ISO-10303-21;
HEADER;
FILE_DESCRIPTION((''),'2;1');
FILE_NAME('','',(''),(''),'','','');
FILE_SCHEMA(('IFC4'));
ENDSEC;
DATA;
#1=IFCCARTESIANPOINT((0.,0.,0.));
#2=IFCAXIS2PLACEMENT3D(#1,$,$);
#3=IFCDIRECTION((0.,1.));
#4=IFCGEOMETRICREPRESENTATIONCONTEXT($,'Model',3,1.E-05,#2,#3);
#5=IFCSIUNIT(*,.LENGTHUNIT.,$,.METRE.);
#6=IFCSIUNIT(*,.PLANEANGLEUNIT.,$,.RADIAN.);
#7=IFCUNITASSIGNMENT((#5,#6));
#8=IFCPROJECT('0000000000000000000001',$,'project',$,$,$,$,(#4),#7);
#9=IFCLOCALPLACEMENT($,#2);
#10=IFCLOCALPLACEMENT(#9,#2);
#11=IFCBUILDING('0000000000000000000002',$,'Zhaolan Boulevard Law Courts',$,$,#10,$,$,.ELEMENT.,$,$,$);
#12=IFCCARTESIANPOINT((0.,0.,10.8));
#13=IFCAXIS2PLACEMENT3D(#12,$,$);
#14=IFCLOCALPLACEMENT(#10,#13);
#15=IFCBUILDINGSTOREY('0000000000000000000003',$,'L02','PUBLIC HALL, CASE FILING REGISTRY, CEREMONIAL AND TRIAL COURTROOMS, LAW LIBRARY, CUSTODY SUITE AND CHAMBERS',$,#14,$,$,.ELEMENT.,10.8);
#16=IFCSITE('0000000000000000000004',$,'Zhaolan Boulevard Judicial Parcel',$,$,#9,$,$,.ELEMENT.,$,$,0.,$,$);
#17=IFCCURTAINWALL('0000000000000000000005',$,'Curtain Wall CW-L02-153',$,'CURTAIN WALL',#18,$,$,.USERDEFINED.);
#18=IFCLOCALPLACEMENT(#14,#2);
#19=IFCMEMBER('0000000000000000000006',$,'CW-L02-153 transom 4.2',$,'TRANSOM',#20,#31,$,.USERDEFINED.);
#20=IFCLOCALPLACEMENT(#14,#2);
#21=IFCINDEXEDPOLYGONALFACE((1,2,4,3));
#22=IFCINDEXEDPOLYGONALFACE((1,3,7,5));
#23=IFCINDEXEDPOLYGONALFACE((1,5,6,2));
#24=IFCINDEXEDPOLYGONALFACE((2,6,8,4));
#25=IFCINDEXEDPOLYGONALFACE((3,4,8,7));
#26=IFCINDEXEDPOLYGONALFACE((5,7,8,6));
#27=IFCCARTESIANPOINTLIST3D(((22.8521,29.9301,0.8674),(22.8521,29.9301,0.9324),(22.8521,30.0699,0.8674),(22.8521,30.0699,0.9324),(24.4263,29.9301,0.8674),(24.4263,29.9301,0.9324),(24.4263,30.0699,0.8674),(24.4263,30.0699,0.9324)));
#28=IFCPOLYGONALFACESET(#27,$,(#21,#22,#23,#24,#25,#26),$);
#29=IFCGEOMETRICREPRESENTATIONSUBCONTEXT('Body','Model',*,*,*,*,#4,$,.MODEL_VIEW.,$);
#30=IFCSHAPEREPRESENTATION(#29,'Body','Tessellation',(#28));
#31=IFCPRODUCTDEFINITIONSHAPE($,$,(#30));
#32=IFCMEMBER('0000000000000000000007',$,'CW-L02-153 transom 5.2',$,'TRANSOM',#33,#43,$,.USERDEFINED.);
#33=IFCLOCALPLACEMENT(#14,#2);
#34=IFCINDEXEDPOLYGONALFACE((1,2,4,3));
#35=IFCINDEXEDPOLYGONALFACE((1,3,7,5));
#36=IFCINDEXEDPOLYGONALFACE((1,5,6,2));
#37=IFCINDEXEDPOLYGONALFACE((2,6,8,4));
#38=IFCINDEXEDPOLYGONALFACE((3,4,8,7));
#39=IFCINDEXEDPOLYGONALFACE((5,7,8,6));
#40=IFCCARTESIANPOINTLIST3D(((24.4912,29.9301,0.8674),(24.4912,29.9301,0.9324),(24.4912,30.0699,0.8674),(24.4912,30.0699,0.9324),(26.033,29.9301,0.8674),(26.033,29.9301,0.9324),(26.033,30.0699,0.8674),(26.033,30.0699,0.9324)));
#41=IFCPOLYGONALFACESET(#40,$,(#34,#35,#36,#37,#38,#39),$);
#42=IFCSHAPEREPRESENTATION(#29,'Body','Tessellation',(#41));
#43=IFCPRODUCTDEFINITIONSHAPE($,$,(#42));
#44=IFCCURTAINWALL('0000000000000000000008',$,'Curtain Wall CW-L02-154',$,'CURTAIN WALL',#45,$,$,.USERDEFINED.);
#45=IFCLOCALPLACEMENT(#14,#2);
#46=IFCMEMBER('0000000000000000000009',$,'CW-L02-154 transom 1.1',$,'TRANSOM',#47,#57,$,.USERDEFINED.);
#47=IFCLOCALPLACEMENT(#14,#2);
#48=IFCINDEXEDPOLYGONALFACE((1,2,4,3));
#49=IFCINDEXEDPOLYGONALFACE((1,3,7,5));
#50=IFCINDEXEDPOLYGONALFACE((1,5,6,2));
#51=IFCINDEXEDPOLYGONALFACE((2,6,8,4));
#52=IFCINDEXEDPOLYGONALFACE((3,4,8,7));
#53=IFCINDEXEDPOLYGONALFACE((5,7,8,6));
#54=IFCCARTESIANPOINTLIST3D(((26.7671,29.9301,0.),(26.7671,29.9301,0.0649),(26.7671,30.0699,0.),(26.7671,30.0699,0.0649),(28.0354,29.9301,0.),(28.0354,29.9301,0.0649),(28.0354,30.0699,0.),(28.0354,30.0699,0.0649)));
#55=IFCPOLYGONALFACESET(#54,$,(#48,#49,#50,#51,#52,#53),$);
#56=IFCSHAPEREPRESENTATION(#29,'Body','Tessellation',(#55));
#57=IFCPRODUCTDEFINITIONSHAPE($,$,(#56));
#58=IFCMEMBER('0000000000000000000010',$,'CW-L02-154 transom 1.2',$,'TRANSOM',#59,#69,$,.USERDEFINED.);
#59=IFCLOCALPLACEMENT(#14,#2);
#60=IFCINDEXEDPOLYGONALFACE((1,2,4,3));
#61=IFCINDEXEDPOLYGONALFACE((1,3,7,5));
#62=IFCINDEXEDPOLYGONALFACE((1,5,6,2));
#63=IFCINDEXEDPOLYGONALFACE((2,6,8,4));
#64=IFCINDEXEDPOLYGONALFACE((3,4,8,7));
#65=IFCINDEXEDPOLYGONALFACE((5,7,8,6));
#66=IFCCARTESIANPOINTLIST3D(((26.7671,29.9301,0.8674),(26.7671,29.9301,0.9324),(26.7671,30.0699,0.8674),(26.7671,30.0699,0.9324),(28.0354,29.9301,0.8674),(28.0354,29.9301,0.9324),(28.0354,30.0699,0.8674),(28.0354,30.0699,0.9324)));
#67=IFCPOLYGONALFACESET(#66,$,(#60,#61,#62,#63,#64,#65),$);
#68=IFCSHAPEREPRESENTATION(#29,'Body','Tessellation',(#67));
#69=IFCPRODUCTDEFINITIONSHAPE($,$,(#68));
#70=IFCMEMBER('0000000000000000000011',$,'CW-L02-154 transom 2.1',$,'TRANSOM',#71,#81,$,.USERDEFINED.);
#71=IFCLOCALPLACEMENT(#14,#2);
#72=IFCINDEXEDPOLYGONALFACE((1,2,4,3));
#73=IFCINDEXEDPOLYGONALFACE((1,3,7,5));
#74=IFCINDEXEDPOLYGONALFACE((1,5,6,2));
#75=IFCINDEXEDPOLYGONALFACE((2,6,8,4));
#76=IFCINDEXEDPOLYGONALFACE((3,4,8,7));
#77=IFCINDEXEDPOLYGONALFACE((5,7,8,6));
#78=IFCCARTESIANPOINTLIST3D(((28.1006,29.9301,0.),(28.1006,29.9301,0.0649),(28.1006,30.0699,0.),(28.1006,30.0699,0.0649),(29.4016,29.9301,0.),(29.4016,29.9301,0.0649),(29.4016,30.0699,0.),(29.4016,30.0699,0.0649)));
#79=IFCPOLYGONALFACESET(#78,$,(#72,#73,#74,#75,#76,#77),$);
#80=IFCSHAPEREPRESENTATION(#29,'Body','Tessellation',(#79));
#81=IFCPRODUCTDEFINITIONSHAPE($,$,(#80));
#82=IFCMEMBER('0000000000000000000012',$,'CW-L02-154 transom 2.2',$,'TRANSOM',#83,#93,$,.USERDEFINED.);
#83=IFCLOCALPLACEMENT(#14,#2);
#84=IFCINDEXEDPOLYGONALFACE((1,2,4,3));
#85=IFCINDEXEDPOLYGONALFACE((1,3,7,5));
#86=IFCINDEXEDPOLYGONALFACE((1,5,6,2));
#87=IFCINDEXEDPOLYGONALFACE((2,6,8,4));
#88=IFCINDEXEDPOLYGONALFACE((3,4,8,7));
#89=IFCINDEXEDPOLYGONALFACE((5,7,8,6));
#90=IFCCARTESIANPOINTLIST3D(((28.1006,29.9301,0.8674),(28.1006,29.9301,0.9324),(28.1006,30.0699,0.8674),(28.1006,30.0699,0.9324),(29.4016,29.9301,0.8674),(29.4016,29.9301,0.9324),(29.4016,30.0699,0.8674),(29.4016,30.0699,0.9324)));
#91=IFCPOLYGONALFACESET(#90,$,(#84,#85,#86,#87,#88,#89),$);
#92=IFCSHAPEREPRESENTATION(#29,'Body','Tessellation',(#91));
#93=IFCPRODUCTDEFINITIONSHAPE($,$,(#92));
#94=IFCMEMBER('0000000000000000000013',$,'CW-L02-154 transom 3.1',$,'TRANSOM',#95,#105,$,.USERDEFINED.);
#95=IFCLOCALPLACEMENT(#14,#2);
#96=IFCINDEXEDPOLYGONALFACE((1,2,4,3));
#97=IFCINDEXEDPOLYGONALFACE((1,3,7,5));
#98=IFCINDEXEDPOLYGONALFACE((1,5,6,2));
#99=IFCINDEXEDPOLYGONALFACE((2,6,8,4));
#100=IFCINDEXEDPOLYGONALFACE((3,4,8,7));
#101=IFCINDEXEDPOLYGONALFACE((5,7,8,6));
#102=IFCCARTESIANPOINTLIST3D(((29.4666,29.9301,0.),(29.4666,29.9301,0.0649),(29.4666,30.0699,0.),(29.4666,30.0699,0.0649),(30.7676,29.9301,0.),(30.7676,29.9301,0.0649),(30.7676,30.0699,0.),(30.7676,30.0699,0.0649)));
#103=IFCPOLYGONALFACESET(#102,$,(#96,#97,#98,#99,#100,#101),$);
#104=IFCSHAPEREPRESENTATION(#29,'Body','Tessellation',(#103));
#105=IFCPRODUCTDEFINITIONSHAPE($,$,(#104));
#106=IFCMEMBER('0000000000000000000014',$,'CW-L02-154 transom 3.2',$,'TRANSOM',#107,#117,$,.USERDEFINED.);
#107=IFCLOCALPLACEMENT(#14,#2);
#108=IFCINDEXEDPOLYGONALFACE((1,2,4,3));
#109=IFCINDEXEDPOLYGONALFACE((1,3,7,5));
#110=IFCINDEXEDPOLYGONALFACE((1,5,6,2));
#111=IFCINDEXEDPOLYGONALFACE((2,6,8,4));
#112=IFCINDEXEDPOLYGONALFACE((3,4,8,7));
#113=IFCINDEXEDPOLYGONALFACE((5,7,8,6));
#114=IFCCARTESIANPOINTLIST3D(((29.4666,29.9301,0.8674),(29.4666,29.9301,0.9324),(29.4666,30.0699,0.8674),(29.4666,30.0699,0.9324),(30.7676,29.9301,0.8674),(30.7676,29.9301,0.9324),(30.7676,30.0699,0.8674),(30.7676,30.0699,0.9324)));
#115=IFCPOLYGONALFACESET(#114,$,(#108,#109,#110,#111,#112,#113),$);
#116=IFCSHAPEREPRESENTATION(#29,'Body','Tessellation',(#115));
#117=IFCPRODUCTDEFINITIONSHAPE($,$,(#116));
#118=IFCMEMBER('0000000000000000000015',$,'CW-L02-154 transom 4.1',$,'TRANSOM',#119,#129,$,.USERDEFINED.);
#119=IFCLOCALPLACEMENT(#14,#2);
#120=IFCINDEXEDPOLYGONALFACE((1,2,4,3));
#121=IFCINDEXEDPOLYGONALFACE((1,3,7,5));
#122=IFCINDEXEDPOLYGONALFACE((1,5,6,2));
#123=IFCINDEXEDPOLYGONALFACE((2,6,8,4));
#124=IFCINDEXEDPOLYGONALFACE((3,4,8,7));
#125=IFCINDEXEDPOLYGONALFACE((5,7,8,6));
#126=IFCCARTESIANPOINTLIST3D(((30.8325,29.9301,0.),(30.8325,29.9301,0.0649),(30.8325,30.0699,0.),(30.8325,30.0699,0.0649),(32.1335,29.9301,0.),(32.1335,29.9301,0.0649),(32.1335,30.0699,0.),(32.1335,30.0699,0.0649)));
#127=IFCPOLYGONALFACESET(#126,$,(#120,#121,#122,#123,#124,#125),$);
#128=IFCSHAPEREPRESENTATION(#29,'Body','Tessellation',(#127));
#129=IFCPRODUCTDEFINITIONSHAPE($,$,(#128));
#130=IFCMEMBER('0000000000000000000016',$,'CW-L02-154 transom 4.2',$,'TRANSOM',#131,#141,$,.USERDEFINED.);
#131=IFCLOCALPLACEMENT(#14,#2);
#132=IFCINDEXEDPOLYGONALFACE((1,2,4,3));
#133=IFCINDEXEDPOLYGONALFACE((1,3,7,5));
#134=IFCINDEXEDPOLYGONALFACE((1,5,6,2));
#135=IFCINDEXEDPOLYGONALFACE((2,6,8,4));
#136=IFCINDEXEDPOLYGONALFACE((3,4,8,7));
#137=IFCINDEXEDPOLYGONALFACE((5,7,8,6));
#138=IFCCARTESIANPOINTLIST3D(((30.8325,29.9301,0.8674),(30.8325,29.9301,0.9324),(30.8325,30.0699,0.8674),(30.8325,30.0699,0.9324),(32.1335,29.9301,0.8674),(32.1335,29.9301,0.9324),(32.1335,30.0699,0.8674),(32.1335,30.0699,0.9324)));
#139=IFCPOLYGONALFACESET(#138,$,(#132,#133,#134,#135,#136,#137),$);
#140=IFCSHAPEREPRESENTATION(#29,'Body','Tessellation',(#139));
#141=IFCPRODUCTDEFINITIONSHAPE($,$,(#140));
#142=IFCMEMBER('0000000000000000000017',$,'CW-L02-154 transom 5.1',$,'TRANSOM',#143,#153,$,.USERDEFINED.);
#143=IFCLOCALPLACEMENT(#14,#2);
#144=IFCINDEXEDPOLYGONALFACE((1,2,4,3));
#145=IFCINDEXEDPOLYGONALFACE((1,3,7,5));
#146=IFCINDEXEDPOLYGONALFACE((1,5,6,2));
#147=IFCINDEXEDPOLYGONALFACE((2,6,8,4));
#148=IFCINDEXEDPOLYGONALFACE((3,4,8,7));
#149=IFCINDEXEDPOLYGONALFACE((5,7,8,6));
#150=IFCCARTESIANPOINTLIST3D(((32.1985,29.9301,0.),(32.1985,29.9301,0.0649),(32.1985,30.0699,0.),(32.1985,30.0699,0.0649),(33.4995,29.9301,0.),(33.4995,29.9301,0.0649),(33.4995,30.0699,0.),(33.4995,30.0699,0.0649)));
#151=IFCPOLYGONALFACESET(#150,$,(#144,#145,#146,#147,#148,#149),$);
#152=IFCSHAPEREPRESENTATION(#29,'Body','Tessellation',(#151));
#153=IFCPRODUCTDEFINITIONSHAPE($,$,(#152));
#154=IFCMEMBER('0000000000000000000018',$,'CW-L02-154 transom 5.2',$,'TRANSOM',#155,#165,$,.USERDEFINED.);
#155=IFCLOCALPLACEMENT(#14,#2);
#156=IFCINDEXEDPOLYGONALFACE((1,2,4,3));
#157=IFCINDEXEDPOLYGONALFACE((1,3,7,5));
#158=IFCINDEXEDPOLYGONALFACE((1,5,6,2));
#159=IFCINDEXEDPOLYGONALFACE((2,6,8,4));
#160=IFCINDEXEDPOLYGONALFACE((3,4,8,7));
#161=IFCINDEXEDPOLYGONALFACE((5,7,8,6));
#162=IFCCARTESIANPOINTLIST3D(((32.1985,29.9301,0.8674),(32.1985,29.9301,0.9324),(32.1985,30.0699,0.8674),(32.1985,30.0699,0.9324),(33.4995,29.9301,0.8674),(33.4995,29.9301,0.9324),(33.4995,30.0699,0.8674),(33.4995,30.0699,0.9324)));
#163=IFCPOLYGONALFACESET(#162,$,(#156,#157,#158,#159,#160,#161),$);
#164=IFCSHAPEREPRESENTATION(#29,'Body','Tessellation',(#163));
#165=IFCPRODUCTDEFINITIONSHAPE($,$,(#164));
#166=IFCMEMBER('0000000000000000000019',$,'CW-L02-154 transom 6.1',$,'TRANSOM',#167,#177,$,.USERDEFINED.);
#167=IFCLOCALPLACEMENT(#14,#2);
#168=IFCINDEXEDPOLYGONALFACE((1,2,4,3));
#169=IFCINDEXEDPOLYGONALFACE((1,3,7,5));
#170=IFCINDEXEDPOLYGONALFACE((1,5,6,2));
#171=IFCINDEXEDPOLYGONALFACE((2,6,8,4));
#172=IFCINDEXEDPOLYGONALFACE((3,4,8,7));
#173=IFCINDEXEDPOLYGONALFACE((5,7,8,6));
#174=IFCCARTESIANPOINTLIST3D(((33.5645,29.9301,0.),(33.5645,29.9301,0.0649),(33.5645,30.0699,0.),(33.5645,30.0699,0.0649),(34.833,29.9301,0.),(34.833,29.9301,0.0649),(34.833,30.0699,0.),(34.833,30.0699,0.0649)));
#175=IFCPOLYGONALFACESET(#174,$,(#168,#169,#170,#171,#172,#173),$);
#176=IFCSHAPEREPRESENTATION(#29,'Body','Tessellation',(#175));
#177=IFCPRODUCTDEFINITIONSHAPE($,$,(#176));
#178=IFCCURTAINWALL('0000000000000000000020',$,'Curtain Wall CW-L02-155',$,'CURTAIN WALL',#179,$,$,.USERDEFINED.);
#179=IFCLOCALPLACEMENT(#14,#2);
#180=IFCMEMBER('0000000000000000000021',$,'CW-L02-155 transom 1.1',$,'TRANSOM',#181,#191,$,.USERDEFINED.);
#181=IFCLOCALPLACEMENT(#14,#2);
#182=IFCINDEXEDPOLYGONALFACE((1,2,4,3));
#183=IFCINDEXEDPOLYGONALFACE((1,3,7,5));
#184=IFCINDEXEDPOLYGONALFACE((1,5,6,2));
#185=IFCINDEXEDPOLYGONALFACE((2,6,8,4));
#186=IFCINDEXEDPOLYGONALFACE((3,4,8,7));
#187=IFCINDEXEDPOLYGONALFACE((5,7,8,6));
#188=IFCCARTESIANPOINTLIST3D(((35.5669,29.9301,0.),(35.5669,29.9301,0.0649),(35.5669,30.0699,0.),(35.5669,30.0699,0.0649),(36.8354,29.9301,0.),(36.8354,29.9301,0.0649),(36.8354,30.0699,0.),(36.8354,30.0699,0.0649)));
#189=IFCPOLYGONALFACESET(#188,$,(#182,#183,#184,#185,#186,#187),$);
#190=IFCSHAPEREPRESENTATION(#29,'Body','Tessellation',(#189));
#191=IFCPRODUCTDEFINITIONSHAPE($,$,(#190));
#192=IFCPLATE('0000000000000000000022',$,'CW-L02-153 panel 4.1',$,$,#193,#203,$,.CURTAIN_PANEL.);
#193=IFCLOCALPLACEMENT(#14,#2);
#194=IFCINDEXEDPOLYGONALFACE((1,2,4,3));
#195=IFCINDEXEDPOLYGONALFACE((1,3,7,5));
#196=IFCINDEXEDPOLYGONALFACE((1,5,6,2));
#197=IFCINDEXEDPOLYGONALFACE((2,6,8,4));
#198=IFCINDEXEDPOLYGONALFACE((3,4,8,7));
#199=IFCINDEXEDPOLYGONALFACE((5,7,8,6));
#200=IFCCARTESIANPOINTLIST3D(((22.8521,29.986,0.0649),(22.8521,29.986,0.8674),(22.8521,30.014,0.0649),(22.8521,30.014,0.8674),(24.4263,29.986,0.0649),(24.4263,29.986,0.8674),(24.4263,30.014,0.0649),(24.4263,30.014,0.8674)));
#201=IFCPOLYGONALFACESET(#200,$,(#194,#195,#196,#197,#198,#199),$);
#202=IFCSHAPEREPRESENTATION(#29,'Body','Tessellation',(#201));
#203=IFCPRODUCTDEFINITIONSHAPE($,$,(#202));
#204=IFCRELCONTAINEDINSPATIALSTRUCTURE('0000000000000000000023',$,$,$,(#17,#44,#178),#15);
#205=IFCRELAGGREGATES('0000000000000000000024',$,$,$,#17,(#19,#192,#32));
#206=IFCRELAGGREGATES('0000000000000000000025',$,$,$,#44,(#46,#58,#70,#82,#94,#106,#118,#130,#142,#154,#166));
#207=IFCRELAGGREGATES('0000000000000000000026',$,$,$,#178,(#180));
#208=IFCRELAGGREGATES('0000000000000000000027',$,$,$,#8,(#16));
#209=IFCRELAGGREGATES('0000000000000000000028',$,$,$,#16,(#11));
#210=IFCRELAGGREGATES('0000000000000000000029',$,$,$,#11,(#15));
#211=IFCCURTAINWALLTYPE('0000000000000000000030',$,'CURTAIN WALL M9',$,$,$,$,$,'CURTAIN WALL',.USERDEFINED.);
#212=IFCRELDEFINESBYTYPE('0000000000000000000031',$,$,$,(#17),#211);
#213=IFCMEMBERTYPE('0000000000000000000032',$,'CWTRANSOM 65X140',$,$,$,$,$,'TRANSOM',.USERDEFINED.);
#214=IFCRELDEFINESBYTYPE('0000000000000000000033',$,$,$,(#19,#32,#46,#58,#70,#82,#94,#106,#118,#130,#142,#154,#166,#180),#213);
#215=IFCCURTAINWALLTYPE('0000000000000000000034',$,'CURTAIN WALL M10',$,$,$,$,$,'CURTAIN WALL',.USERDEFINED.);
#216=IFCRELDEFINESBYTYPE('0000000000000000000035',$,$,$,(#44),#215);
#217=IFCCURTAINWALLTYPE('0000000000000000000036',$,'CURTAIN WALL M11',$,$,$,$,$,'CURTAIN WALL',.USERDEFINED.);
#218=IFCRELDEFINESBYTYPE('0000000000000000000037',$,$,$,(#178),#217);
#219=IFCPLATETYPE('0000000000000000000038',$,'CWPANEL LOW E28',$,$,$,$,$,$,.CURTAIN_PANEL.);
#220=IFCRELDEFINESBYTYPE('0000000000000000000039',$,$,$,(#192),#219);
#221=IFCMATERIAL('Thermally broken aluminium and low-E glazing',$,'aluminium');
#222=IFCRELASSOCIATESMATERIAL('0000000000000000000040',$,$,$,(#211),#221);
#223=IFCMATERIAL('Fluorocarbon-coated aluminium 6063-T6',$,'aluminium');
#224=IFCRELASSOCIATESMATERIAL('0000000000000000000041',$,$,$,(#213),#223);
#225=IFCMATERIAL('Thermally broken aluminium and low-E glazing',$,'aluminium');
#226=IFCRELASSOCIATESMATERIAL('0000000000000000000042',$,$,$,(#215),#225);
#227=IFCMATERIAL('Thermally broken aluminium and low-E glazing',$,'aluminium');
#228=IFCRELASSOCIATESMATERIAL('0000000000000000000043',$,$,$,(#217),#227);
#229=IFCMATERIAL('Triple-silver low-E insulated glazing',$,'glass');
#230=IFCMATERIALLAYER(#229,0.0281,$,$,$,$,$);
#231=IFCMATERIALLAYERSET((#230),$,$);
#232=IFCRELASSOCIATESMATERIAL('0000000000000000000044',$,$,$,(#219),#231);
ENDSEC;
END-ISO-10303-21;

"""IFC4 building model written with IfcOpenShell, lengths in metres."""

from ifc_helpers import new_model, si_unit, direction, frame, origin, origin_2d, place, context, subcontext, project, spatial, rectangle, extrude, material, layer, layer_set, material_profile, profile_set, type_object, element, aggregate, save


model = new_model("IFC4")

# Units and contexts
model_context = context("Model", 3, precision=1e-05, world=origin(), true_north=direction((0.0, 1.0)))
body_context = subcontext(model_context, "Body", "Model", "MODEL_VIEW")
ifc_project = project(units=[si_unit("LENGTHUNIT", "METRE"), si_unit("PLANEANGLEUNIT", "RADIAN")], contexts=[model_context])

# Site, building, storey
site_placement = place(None, origin())
site = spatial("IfcSite", under=ifc_project, at=site_placement, Name="Zhaolan Boulevard Judicial Parcel", CompositionType="ELEMENT", RefElevation=0.0)
building_placement = place(site_placement, origin())
building = spatial("IfcBuilding", under=site, at=building_placement, Name="Zhaolan Boulevard Law Courts", CompositionType="ELEMENT")
storey_placement = place(building_placement, frame((0.0, 0.0, 10.8)))
storey = spatial("IfcBuildingStorey", under=building, at=storey_placement, Name="L02", Description="PUBLIC HALL, CASE FILING REGISTRY, CEREMONIAL AND TRIAL COURTROOMS, LAW LIBRARY, CUSTODY SUITE AND CHAMBERS", CompositionType="ELEMENT", Elevation=10.8)

# Curtain walls, members
ifc_material_1 = material(Name="Thermally broken aluminium and low-E glazing", Category="aluminium")
curtain_wall_type_1 = type_object("IfcCurtainWallType", Name="CURTAIN WALL M9", ElementType="CURTAIN WALL", PredefinedType="USERDEFINED", material=ifc_material_1)
curtain_wall_1_placement = place(storey_placement, origin())
curtain_wall_1 = element("IfcCurtainWall", 1, at=curtain_wall_1_placement, inside=storey, type_object=curtain_wall_type_1, Name="Curtain Wall CW-L02-153", ObjectType="CURTAIN WALL", PredefinedType="USERDEFINED")
ifc_material_2 = material(Name="Fluorocarbon-coated aluminium 6063-T6", Category="aluminium")
ifc_material_profile = material_profile(ifc_material_2, rectangle(XDim=0.1399, YDim=0.0649, at=origin_2d()), Name="AL65x140")
ifc_profile_set = profile_set([ifc_material_profile], Name="Fluorocarbon-coated aluminium 6063-T6")
member_type = type_object("IfcMemberType", Name="CWTRANSOM 65X140", ElementType="TRANSOM", PredefinedType="USERDEFINED", material=ifc_profile_set)
member_1_placement = place(storey_placement, frame((22.8521, 30.0, 0.8999), z_axis=(1.0, 0.0, 0.0), x_axis=(0.0, 1.0, 0.0)))
member_1 = element("IfcMember", 2, at=member_1_placement, type_object=member_type, Name="CW-L02-153 transom 4.2", ObjectType="TRANSOM", PredefinedType="USERDEFINED", context=body_context, shape_type="SweptSolid", body=[
    extrude(rectangle(XDim=0.1399, YDim=0.0649, at=origin_2d()), origin(), (0.0, 0.0, 1.0), 1.5742),
])
member_2_placement = place(storey_placement, frame((24.4912, 30.0, 0.8999), z_axis=(1.0, 0.0, 0.0), x_axis=(0.0, 1.0, 0.0)))
member_2 = element("IfcMember", 3, at=member_2_placement, type_object=member_type, Name="CW-L02-153 transom 5.2", ObjectType="TRANSOM", PredefinedType="USERDEFINED", context=body_context, shape_type="SweptSolid", body=[
    extrude(rectangle(XDim=0.1399, YDim=0.0649, at=origin_2d()), origin(), (0.0, 0.0, 1.0), 1.5417),
])
ifc_material_3 = material(Name="Thermally broken aluminium and low-E glazing", Category="aluminium")
curtain_wall_type_2 = type_object("IfcCurtainWallType", Name="CURTAIN WALL M10", ElementType="CURTAIN WALL", PredefinedType="USERDEFINED", material=ifc_material_3)
curtain_wall_2_placement = place(storey_placement, origin())
curtain_wall_2 = element("IfcCurtainWall", 4, at=curtain_wall_2_placement, inside=storey, type_object=curtain_wall_type_2, Name="Curtain Wall CW-L02-154", ObjectType="CURTAIN WALL", PredefinedType="USERDEFINED")
member_3_placement = place(storey_placement, frame((26.7671, 30.0, 0.0325), z_axis=(1.0, 0.0, 0.0), x_axis=(0.0, 1.0, 0.0)))
member_3 = element("IfcMember", 5, at=member_3_placement, type_object=member_type, Name="CW-L02-154 transom 1.1", ObjectType="TRANSOM", PredefinedType="USERDEFINED", context=body_context, shape_type="SweptSolid", body=[
    extrude(rectangle(XDim=0.1399, YDim=0.0649, at=origin_2d()), origin(), (0.0, 0.0, 1.0), 1.2683),
])
member_4_placement = place(storey_placement, frame((26.7671, 30.0, 0.8999), z_axis=(1.0, 0.0, 0.0), x_axis=(0.0, 1.0, 0.0)))
member_4 = element("IfcMember", 6, at=member_4_placement, type_object=member_type, Name="CW-L02-154 transom 1.2", ObjectType="TRANSOM", PredefinedType="USERDEFINED", context=body_context, shape_type="SweptSolid", body=[
    extrude(rectangle(XDim=0.1399, YDim=0.0649, at=origin_2d()), origin(), (0.0, 0.0, 1.0), 1.2683),
])
member_5_placement = place(storey_placement, frame((28.1006, 30.0, 0.0325), z_axis=(1.0, 0.0, 0.0), x_axis=(0.0, 1.0, 0.0)))
member_5 = element("IfcMember", 7, at=member_5_placement, type_object=member_type, Name="CW-L02-154 transom 2.1", ObjectType="TRANSOM", PredefinedType="USERDEFINED", context=body_context, shape_type="SweptSolid", body=[
    extrude(rectangle(XDim=0.1399, YDim=0.0649, at=origin_2d()), origin(), (0.0, 0.0, 1.0), 1.301),
])
member_6_placement = place(storey_placement, frame((28.1006, 30.0, 0.8999), z_axis=(1.0, 0.0, 0.0), x_axis=(0.0, 1.0, 0.0)))
member_6 = element("IfcMember", 8, at=member_6_placement, type_object=member_type, Name="CW-L02-154 transom 2.2", ObjectType="TRANSOM", PredefinedType="USERDEFINED", context=body_context, shape_type="SweptSolid", body=[
    extrude(rectangle(XDim=0.1399, YDim=0.0649, at=origin_2d()), origin(), (0.0, 0.0, 1.0), 1.301),
])
member_7_placement = place(storey_placement, frame((29.4666, 30.0, 0.0325), z_axis=(1.0, 0.0, 0.0), x_axis=(0.0, 1.0, 0.0)))
member_7 = element("IfcMember", 9, at=member_7_placement, type_object=member_type, Name="CW-L02-154 transom 3.1", ObjectType="TRANSOM", PredefinedType="USERDEFINED", context=body_context, shape_type="SweptSolid", body=[
    extrude(rectangle(XDim=0.1399, YDim=0.0649, at=origin_2d()), origin(), (0.0, 0.0, 1.0), 1.301),
])
member_8_placement = place(storey_placement, frame((29.4666, 30.0, 0.8999), z_axis=(1.0, 0.0, 0.0), x_axis=(0.0, 1.0, 0.0)))
member_8 = element("IfcMember", 10, at=member_8_placement, type_object=member_type, Name="CW-L02-154 transom 3.2", ObjectType="TRANSOM", PredefinedType="USERDEFINED", context=body_context, shape_type="SweptSolid", body=[
    extrude(rectangle(XDim=0.1399, YDim=0.0649, at=origin_2d()), origin(), (0.0, 0.0, 1.0), 1.301),
])
member_9_placement = place(storey_placement, frame((30.8325, 30.0, 0.0325), z_axis=(1.0, 0.0, 0.0), x_axis=(0.0, 1.0, 0.0)))
member_9 = element("IfcMember", 11, at=member_9_placement, type_object=member_type, Name="CW-L02-154 transom 4.1", ObjectType="TRANSOM", PredefinedType="USERDEFINED", context=body_context, shape_type="SweptSolid", body=[
    extrude(rectangle(XDim=0.1399, YDim=0.0649, at=origin_2d()), origin(), (0.0, 0.0, 1.0), 1.301),
])
member_10_placement = place(storey_placement, frame((30.8325, 30.0, 0.8999), z_axis=(1.0, 0.0, 0.0), x_axis=(0.0, 1.0, 0.0)))
member_10 = element("IfcMember", 12, at=member_10_placement, type_object=member_type, Name="CW-L02-154 transom 4.2", ObjectType="TRANSOM", PredefinedType="USERDEFINED", context=body_context, shape_type="SweptSolid", body=[
    extrude(rectangle(XDim=0.1399, YDim=0.0649, at=origin_2d()), origin(), (0.0, 0.0, 1.0), 1.301),
])
member_11_placement = place(storey_placement, frame((32.1985, 30.0, 0.0325), z_axis=(1.0, 0.0, 0.0), x_axis=(0.0, 1.0, 0.0)))
member_11 = element("IfcMember", 13, at=member_11_placement, type_object=member_type, Name="CW-L02-154 transom 5.1", ObjectType="TRANSOM", PredefinedType="USERDEFINED", context=body_context, shape_type="SweptSolid", body=[
    extrude(rectangle(XDim=0.1399, YDim=0.0649, at=origin_2d()), origin(), (0.0, 0.0, 1.0), 1.301),
])
member_12_placement = place(storey_placement, frame((32.1985, 30.0, 0.8999), z_axis=(1.0, 0.0, 0.0), x_axis=(0.0, 1.0, 0.0)))
member_12 = element("IfcMember", 14, at=member_12_placement, type_object=member_type, Name="CW-L02-154 transom 5.2", ObjectType="TRANSOM", PredefinedType="USERDEFINED", context=body_context, shape_type="SweptSolid", body=[
    extrude(rectangle(XDim=0.1399, YDim=0.0649, at=origin_2d()), origin(), (0.0, 0.0, 1.0), 1.301),
])
member_13_placement = place(storey_placement, frame((33.5645, 30.0, 0.0325), z_axis=(1.0, 0.0, 0.0), x_axis=(0.0, 1.0, 0.0)))
member_13 = element("IfcMember", 15, at=member_13_placement, type_object=member_type, Name="CW-L02-154 transom 6.1", ObjectType="TRANSOM", PredefinedType="USERDEFINED", context=body_context, shape_type="SweptSolid", body=[
    extrude(rectangle(XDim=0.1399, YDim=0.0649, at=origin_2d()), origin(), (0.0, 0.0, 1.0), 1.2686),
])

# Curtain wall, member
ifc_material_4 = material(Name="Thermally broken aluminium and low-E glazing", Category="aluminium")
curtain_wall_type_3 = type_object("IfcCurtainWallType", Name="CURTAIN WALL M11", ElementType="CURTAIN WALL", PredefinedType="USERDEFINED", material=ifc_material_4)
curtain_wall_3_placement = place(storey_placement, origin())
curtain_wall_3 = element("IfcCurtainWall", 16, at=curtain_wall_3_placement, inside=storey, type_object=curtain_wall_type_3, Name="Curtain Wall CW-L02-155", ObjectType="CURTAIN WALL", PredefinedType="USERDEFINED")
member_14_placement = place(storey_placement, frame((35.5669, 30.0, 0.0325), z_axis=(1.0, 0.0, 0.0), x_axis=(0.0, 1.0, 0.0)))
member_14 = element("IfcMember", 17, at=member_14_placement, type_object=member_type, Name="CW-L02-155 transom 1.1", ObjectType="TRANSOM", PredefinedType="USERDEFINED", context=body_context, shape_type="SweptSolid", body=[
    extrude(rectangle(XDim=0.1399, YDim=0.0649, at=origin_2d()), origin(), (0.0, 0.0, 1.0), 1.2686),
])

# Plate
ifc_material_5 = material(Name="Triple-silver low-E insulated glazing", Category="glass")
ifc_layer = layer(ifc_material_5, 0.0281)
ifc_layer_set = layer_set([ifc_layer])
plate_type = type_object("IfcPlateType", Name="CWPANEL LOW E28", PredefinedType="CURTAIN_PANEL", material=ifc_layer_set)
plate_1_placement = place(storey_placement, frame((23.6392, 30.0, 0.0649), z_axis=(0.0, 0.0, 1.0), x_axis=(1.0, 0.0, 0.0)))
plate_1 = element("IfcPlate", 18, at=plate_1_placement, type_object=plate_type, Name="CW-L02-153 panel 4.1", PredefinedType="CURTAIN_PANEL", context=body_context, shape_type="SweptSolid", body=[
    extrude(rectangle(XDim=1.5742, YDim=0.0281, at=origin_2d()), origin(), (0.0, 0.0, 1.0), 0.8025),
])
aggregate(curtain_wall_1, [member_1, plate_1, member_2])
aggregate(curtain_wall_2, [member_3, member_4, member_5, member_6, member_7, member_8, member_9, member_10, member_11, member_12, member_13])
aggregate(curtain_wall_3, [member_14])

save(model, "model.ifc")
